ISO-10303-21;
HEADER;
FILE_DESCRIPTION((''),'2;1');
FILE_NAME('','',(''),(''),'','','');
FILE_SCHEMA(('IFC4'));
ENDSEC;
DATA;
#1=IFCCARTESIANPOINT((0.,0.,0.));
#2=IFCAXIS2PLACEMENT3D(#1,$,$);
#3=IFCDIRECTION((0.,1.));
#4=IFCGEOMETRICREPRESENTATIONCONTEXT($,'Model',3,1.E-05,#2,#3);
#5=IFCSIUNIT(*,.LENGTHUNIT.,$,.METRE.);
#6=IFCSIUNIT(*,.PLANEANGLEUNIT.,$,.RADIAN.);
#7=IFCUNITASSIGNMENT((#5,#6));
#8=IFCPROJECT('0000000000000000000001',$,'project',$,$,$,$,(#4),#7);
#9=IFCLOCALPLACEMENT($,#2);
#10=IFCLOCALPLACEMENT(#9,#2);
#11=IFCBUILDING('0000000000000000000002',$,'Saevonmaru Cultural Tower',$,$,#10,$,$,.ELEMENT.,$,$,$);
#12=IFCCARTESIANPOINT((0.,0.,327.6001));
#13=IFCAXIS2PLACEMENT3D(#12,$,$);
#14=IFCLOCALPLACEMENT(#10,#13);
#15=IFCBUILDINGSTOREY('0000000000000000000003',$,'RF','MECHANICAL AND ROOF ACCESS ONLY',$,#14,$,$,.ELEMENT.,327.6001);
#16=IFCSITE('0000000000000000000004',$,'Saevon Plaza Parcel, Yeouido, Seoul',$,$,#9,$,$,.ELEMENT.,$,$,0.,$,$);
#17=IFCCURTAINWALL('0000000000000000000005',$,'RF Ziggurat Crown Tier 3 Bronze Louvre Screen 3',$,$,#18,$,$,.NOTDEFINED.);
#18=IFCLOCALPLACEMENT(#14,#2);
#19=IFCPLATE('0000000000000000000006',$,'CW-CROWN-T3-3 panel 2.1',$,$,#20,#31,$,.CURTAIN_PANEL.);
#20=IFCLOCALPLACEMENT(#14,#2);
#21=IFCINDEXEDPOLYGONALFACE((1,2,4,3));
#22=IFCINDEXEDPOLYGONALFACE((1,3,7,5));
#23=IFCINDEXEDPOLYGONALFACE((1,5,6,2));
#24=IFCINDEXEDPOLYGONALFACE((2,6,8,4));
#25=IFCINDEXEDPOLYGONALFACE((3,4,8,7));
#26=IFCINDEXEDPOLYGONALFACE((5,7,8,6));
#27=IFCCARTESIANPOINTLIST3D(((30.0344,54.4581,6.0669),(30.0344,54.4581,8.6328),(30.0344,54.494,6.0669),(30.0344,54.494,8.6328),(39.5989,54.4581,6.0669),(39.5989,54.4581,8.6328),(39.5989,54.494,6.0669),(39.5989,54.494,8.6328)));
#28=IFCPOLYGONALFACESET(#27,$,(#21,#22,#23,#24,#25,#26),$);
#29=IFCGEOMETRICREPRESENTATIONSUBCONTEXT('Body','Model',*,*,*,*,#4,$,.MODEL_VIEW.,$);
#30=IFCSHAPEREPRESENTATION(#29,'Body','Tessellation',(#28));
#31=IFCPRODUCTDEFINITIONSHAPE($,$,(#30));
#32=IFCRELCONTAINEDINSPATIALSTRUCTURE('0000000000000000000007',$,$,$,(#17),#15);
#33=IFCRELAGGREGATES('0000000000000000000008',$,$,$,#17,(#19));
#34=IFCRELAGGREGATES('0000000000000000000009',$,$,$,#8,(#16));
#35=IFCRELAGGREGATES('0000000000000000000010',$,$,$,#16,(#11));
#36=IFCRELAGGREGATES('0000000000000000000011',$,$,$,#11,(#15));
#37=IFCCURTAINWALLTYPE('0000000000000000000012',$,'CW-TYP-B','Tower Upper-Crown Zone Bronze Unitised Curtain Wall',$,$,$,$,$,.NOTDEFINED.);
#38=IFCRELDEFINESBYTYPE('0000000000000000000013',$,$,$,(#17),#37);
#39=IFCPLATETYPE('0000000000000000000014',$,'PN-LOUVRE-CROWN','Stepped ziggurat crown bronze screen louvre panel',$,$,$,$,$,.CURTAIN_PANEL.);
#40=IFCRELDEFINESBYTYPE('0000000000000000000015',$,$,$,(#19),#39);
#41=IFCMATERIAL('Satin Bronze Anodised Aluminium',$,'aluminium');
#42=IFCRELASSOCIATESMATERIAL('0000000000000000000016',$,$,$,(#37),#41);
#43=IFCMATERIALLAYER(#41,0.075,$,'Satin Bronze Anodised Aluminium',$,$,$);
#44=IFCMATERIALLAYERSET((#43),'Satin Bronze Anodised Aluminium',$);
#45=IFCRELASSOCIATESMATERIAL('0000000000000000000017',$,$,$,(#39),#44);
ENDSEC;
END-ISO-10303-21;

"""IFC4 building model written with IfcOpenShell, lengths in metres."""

from ifc_helpers import new_model, si_unit, direction, frame, origin, origin_2d, place, context, subcontext, project, spatial, rectangle, extrude, material, layer, layer_set, type_object, element, aggregate, save


model = new_model("IFC4")

# Units and contexts
model_context = context("Model", 3, precision=1e-05, world=origin(), true_north=direction((0.0, 1.0)))
body_context = subcontext(model_context, "Body", "Model", "MODEL_VIEW")
ifc_project = project(units=[si_unit("LENGTHUNIT", "METRE"), si_unit("PLANEANGLEUNIT", "RADIAN")], contexts=[model_context])

# Site, building, storey
site_placement = place(None, origin())
site = spatial("IfcSite", under=ifc_project, at=site_placement, Name="Saevon Plaza Parcel, Yeouido, Seoul", CompositionType="ELEMENT", RefElevation=0.0)
building_placement = place(site_placement, origin())
building = spatial("IfcBuilding", under=site, at=building_placement, Name="Saevonmaru Cultural Tower", CompositionType="ELEMENT")
storey_placement = place(building_placement, frame((0.0, 0.0, 327.6001)))
storey = spatial("IfcBuildingStorey", under=building, at=storey_placement, Name="RF", Description="MECHANICAL AND ROOF ACCESS ONLY", CompositionType="ELEMENT", Elevation=327.6001)

# Curtain wall
ifc_material_1 = material(Name="Satin Bronze Anodised Aluminium", Category="aluminium")
curtain_wall_type = type_object("IfcCurtainWallType", Name="CW-TYP-B", Description="Tower Upper-Crown Zone Bronze Unitised Curtain Wall", PredefinedType="NOTDEFINED", material=ifc_material_1)
curtain_wall_1_placement = place(storey_placement, origin())
curtain_wall_1 = element("IfcCurtainWall", 1, at=curtain_wall_1_placement, inside=storey, type_object=curtain_wall_type, Name="RF Ziggurat Crown Tier 3 Bronze Louvre Screen 3", PredefinedType="NOTDEFINED")

# Plate
ifc_layer_1 = layer(ifc_material_1, 0.075, Name="Satin Bronze Anodised Aluminium")
ifc_layer_set_1 = layer_set([ifc_layer_1], Name="Satin Bronze Anodised Aluminium")
plate_type_1 = type_object("IfcPlateType", Name="PN-LOUVRE-CROWN", Description="Stepped ziggurat crown bronze screen louvre panel", PredefinedType="CURTAIN_PANEL", material=ifc_layer_set_1)
plate_1_placement = place(storey_placement, frame((34.8167, 54.4761, 6.0669), z_axis=(0.0, 0.0, 1.0), x_axis=(-1.0, 0.0, 0.0)))
plate_1 = element("IfcPlate", 2, at=plate_1_placement, type_object=plate_type_1, Name="CW-CROWN-T3-3 panel 2.1", PredefinedType="CURTAIN_PANEL", context=body_context, shape_type="SweptSolid", body=[
    extrude(rectangle(XDim=9.5645, YDim=0.0359, at=origin_2d()), origin(), (0.0, 0.0, 1.0), 2.5659),
])
aggregate(curtain_wall_1, [plate_1])

save(model, "model.ifc")
